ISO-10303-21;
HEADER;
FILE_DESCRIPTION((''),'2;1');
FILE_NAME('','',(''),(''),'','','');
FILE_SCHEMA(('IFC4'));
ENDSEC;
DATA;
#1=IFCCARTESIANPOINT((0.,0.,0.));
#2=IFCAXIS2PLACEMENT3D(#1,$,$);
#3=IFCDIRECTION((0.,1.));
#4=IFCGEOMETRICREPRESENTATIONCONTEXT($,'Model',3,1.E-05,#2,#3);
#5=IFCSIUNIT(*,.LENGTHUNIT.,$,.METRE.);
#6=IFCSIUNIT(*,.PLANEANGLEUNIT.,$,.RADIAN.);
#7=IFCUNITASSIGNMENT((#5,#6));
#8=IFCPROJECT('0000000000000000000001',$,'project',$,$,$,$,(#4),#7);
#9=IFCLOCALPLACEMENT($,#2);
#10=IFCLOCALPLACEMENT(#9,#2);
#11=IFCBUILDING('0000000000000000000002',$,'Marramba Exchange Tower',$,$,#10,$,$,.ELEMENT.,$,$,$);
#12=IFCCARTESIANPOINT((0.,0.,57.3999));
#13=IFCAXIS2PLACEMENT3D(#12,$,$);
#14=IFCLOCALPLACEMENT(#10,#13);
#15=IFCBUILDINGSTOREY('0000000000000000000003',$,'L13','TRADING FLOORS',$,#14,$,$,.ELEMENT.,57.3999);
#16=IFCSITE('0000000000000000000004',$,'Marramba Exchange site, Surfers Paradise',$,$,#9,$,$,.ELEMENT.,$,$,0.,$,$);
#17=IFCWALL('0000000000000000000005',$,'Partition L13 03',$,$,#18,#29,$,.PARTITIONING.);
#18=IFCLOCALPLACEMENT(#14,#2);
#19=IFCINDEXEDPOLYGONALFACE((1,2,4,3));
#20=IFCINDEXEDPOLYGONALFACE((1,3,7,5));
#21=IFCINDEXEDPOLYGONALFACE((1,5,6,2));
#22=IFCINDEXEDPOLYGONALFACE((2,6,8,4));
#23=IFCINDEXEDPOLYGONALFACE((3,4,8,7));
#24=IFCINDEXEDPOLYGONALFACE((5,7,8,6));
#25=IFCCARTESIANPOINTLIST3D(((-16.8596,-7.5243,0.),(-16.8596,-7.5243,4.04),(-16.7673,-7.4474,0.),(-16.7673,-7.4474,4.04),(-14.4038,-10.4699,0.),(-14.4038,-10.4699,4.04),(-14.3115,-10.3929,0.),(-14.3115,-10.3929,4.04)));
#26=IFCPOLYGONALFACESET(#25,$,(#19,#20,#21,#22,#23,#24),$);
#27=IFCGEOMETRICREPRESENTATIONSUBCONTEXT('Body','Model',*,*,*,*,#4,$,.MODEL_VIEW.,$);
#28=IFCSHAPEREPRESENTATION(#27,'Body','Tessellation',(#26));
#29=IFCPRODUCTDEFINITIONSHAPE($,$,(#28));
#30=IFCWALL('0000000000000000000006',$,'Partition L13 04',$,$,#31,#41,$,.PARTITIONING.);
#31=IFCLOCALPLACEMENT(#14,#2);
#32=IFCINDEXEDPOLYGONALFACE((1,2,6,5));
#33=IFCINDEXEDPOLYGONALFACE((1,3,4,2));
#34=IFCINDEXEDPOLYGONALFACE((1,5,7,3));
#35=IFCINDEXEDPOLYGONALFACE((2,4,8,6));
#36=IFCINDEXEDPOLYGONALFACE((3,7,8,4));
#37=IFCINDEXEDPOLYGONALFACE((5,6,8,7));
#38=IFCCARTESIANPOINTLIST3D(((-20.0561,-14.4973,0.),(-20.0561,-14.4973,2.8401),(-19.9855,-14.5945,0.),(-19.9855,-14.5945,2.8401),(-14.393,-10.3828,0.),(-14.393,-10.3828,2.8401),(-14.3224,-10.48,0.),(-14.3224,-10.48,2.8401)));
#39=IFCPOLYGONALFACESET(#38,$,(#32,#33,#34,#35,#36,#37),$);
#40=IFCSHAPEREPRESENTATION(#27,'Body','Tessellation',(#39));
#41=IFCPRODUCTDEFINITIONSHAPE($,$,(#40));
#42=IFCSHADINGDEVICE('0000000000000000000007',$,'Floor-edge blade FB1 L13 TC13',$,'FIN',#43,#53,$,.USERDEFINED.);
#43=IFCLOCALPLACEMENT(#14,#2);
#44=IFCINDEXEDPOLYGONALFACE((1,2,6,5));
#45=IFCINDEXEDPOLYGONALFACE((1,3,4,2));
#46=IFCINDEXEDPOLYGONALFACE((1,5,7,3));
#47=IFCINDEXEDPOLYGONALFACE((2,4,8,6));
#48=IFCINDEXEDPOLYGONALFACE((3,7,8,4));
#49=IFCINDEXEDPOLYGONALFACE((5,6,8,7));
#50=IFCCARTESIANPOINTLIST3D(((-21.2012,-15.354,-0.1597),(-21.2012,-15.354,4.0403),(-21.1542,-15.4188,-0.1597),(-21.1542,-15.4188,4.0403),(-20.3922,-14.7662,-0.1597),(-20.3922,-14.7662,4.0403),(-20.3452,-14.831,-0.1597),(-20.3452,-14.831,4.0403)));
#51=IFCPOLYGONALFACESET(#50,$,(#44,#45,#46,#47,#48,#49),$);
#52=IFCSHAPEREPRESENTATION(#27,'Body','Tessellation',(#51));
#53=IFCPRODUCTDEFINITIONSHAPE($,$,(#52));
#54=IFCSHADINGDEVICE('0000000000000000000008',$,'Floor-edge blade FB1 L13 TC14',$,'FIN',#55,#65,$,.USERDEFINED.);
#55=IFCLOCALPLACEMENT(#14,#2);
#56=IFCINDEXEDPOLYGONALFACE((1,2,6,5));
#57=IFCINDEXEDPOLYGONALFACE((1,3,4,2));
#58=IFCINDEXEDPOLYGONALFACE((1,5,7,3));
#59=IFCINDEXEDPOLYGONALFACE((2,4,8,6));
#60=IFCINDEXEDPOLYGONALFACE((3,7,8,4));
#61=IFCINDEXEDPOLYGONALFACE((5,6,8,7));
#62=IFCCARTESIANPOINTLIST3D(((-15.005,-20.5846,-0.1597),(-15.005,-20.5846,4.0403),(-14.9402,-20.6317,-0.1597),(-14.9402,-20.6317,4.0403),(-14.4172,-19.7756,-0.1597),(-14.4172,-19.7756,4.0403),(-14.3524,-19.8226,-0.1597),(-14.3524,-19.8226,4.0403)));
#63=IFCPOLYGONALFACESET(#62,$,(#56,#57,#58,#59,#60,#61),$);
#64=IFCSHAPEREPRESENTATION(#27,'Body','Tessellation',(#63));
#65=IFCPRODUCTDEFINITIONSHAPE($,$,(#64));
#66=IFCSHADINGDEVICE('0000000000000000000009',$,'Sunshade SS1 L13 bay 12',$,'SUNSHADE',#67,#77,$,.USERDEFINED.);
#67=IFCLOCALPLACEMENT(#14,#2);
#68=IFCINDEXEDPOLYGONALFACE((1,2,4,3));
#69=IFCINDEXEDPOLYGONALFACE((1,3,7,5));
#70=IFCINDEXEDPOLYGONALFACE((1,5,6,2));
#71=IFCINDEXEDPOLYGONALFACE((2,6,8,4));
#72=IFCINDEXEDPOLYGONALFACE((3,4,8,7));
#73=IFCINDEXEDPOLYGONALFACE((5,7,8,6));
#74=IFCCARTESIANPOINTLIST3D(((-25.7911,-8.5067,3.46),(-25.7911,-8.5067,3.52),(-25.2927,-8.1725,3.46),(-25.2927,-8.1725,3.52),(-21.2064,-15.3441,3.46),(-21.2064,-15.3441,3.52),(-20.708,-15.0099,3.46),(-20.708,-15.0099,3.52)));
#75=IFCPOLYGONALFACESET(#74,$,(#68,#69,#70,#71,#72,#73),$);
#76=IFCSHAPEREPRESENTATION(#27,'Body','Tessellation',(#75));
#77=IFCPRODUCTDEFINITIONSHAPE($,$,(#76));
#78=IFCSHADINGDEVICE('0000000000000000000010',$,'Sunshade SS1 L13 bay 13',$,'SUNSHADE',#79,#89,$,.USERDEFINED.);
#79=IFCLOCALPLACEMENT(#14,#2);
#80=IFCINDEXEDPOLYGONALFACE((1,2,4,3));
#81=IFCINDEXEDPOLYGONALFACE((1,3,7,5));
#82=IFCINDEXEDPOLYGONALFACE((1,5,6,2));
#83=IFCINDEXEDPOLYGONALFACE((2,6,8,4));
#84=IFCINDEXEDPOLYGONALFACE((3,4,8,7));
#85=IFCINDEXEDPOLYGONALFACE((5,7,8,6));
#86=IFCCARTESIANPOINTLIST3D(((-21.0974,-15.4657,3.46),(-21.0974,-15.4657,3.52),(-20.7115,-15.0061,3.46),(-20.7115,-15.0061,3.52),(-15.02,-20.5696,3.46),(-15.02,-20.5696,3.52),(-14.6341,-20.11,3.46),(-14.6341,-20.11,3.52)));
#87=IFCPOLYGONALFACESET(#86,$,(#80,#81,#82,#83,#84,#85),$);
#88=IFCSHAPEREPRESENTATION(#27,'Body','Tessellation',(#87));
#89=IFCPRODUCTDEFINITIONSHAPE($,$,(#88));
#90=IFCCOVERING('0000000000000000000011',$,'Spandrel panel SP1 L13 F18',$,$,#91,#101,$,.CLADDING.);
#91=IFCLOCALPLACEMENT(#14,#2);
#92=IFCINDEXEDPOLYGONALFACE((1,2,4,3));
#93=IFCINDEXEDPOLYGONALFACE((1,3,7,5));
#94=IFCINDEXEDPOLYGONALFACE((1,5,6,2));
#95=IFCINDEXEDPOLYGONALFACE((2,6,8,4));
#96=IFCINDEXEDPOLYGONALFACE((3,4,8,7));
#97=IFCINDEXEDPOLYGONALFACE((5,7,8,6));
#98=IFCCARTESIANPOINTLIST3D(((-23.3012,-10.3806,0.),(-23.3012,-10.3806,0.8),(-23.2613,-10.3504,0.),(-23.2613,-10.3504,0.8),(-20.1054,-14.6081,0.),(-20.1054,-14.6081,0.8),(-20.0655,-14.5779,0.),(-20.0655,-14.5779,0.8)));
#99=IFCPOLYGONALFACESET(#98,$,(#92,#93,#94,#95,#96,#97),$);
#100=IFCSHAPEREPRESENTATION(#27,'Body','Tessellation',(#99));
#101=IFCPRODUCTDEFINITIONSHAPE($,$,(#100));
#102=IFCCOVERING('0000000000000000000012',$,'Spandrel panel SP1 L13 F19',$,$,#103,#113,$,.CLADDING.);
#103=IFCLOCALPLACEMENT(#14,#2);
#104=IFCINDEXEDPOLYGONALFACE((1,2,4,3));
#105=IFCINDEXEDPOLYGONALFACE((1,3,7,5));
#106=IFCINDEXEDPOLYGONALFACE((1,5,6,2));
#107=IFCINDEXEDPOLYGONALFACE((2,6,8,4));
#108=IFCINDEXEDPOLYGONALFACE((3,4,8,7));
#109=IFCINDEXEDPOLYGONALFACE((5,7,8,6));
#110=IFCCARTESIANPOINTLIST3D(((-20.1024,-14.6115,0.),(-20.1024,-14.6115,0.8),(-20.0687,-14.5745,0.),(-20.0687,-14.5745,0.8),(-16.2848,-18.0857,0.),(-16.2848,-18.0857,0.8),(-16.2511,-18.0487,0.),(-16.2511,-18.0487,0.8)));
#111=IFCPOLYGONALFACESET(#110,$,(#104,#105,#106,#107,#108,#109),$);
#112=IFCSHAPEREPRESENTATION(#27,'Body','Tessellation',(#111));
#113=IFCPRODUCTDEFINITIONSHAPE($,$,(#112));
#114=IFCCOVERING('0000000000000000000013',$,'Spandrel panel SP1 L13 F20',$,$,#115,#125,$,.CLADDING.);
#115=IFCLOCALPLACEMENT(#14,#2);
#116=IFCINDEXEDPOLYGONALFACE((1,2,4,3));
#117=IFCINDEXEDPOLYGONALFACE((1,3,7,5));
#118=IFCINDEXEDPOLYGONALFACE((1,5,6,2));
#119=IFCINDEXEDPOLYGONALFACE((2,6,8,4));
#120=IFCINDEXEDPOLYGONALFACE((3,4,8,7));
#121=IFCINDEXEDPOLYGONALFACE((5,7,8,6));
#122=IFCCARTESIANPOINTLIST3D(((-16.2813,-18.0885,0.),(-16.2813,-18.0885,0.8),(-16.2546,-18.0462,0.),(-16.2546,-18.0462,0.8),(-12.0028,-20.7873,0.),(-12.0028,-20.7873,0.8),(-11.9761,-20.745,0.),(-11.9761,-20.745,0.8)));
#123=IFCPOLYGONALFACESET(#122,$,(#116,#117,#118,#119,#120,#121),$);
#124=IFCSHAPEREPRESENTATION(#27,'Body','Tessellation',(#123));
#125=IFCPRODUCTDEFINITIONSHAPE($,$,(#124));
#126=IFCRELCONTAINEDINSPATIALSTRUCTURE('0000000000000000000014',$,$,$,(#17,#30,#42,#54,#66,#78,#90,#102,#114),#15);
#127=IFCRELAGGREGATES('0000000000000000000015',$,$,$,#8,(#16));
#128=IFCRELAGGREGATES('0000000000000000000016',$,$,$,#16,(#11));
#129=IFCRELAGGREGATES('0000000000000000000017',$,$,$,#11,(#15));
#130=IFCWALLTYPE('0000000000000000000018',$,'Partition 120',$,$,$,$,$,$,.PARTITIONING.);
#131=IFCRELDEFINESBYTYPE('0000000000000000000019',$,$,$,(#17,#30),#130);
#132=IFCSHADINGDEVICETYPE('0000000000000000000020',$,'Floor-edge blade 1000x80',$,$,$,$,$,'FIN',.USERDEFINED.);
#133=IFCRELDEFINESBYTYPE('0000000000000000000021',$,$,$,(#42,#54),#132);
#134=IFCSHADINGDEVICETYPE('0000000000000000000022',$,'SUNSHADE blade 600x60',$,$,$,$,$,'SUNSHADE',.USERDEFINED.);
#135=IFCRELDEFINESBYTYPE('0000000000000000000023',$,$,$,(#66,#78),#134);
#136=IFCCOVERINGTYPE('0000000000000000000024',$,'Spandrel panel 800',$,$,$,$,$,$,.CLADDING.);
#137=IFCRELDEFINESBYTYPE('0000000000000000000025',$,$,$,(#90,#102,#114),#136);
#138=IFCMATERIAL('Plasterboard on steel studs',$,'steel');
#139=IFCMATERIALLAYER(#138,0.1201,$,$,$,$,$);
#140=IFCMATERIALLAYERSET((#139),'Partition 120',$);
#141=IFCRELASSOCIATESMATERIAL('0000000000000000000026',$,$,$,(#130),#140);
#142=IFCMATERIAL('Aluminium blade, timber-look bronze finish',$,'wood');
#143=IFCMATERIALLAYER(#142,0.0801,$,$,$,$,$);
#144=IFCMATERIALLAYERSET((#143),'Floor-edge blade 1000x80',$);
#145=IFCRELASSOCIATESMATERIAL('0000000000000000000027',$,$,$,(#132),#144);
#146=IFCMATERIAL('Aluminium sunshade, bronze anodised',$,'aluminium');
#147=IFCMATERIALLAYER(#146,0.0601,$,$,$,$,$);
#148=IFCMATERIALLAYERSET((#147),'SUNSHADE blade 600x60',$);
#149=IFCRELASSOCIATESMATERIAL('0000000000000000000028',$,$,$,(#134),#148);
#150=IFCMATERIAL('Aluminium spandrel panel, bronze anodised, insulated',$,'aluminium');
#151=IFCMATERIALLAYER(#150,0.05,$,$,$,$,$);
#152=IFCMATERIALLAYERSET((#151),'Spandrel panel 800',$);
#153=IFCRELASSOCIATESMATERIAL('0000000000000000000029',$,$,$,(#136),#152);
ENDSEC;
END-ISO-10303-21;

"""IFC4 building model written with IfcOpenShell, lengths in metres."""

from ifc_helpers import new_model, si_unit, direction, frame, frame_2d, origin, origin_2d, place, context, subcontext, project, spatial, rectangle, extrude, material, layer, layer_set, type_object, element, save


model = new_model("IFC4")

# Units and contexts
model_context = context("Model", 3, precision=1e-05, world=origin(), true_north=direction((0.0, 1.0)))
body_context = subcontext(model_context, "Body", "Model", "MODEL_VIEW")
ifc_project = project(units=[si_unit("LENGTHUNIT", "METRE"), si_unit("PLANEANGLEUNIT", "RADIAN")], contexts=[model_context])

# Site, building, storey
site_placement = place(None, origin())
site = spatial("IfcSite", under=ifc_project, at=site_placement, Name="Marramba Exchange site, Surfers Paradise", CompositionType="ELEMENT", RefElevation=0.0)
building_placement = place(site_placement, origin())
building = spatial("IfcBuilding", under=site, at=building_placement, Name="Marramba Exchange Tower", CompositionType="ELEMENT")
storey_placement = place(building_placement, frame((0.0, 0.0, 57.3999)))
storey = spatial("IfcBuildingStorey", under=building, at=storey_placement, Name="L13", Description="TRADING FLOORS", CompositionType="ELEMENT", Elevation=57.3999)

# Walls
ifc_material_1 = material(Name="Plasterboard on steel studs", Category="steel")
ifc_layer_1 = layer(ifc_material_1, 0.1201)
ifc_layer_set_1 = layer_set([ifc_layer_1], Name="Partition 120")
wall_type_1 = type_object("IfcWallType", Name="Partition 120", PredefinedType="PARTITIONING", material=ifc_layer_set_1)
wall_1_placement = place(storey_placement, frame((-14.3577, -10.4314, 0.0), z_axis=(0.0, 0.0, 1.0), x_axis=(-0.640366, 0.76807, 0.0)))
element("IfcWall", 1, at=wall_1_placement, inside=storey, type_object=wall_type_1, Name="Partition L13 03", PredefinedType="PARTITIONING", context=body_context, shape_type="SweptSolid", body=[
    extrude(rectangle(XDim=3.835, YDim=0.1201, at=frame_2d((1.9175, 0.0))), origin(), (0.0, 0.0, 1.0), 4.04),
])
wall_2_placement = place(storey_placement, frame((-14.3577, -10.4314, 0.0), z_axis=(0.0, 0.0, 1.0), x_axis=(-0.809015, -0.587788, 0.0)))
element("IfcWall", 2, at=wall_2_placement, inside=storey, type_object=wall_type_1, Name="Partition L13 04", PredefinedType="PARTITIONING", context=body_context, shape_type="SweptSolid", body=[
    extrude(rectangle(XDim=7.0, YDim=0.1201, at=frame_2d((3.5, 0.0))), origin(), (0.0, 0.0, 1.0), 2.8401),
])

# Shading devices
ifc_material_2 = material(Name="Aluminium blade, timber-look bronze finish", Category="wood")
ifc_layer_2 = layer(ifc_material_2, 0.0801)
ifc_layer_set_2 = layer_set([ifc_layer_2], Name="Floor-edge blade 1000x80")
shading_device_type_1 = type_object("IfcShadingDeviceType", Name="Floor-edge blade 1000x80", ElementType="FIN", PredefinedType="USERDEFINED", material=ifc_layer_set_2)
for number, where, z_axis, x_axis, name in (
    (3, (-20.7732, -15.0925, -0.1597), (0.0, 0.0, 1.0), (-0.809017, -0.587785, 0.0), "Floor-edge blade FB1 L13 TC13"),
    (4, (-14.6787, -20.2036, -0.1597), (0.0, 0.0, 1.0), (-0.587785, -0.809017, 0.0), "Floor-edge blade FB1 L13 TC14"),
):
    element("IfcShadingDevice", number, at=place(storey_placement, frame(where, z_axis=z_axis, x_axis=x_axis)), inside=storey, type_object=shading_device_type_1, Name=name, ObjectType="FIN", PredefinedType="USERDEFINED", context=body_context, shape_type="SweptSolid", body=[
        extrude(rectangle(XDim=1.0, YDim=0.0801, at=origin_2d()), origin(), (0.0, 0.0, 1.0), 4.2),
    ])
ifc_material_3 = material(Name="Aluminium sunshade, bronze anodised", Category="aluminium")
ifc_layer_3 = layer(ifc_material_3, 0.0601)
ifc_layer_set_3 = layer_set([ifc_layer_3], Name="SUNSHADE blade 600x60")
shading_device_type_2 = type_object("IfcShadingDeviceType", Name="SUNSHADE blade 600x60", ElementType="SUNSHADE", PredefinedType="USERDEFINED", material=ifc_layer_set_3)
shading_device_1_placement = place(storey_placement, frame((-23.2495, -11.7583, 3.46), z_axis=(0.0, 0.0, 1.0), x_axis=(0.556924, -0.830563, 0.0)))
element("IfcShadingDevice", 5, at=shading_device_1_placement, inside=storey, type_object=shading_device_type_2, Name="Sunshade SS1 L13 bay 12", ObjectType="SUNSHADE", PredefinedType="USERDEFINED", context=body_context, shape_type="SweptSolid", body=[
    extrude(rectangle(XDim=8.2322, YDim=0.6001, at=origin_2d()), origin(), (0.0, 0.0, 1.0), 0.0601),
])
shading_device_2_placement = place(storey_placement, frame((-17.8657, -17.7878, 3.46), z_axis=(0.0, 0.0, 1.0), x_axis=(0.765776, -0.643107, 0.0)))
element("IfcShadingDevice", 6, at=shading_device_2_placement, inside=storey, type_object=shading_device_type_2, Name="Sunshade SS1 L13 bay 13", ObjectType="SUNSHADE", PredefinedType="USERDEFINED", context=body_context, shape_type="SweptSolid", body=[
    extrude(rectangle(XDim=7.9363, YDim=0.6001, at=origin_2d()), origin(), (0.0, 0.0, 1.0), 0.0601),
])

# Coverings
ifc_material_4 = material(Name="Aluminium spandrel panel, bronze anodised, insulated", Category="aluminium")
ifc_layer_4 = layer(ifc_material_4, 0.05)
ifc_layer_set_4 = layer_set([ifc_layer_4], Name="Spandrel panel 800")
covering_type = type_object("IfcCoveringType", Name="Spandrel panel 800", PredefinedType="CLADDING", material=ifc_layer_set_4)
covering_1_placement = place(storey_placement, frame((-21.6833, -12.4792, 0.0), z_axis=(0.0, 0.0, 1.0), x_axis=(0.60304, -0.797711, 0.0)))
element("IfcCovering", 7, at=covering_1_placement, inside=storey, type_object=covering_type, Name="Spandrel panel SP1 L13 F18", PredefinedType="CLADDING", context=body_context, shape_type="SweptSolid", body=[
    extrude(rectangle(XDim=5.2996, YDim=0.05, at=origin_2d()), origin(), (0.0, 0.0, 1.0), 0.8),
])
covering_2_placement = place(storey_placement, frame((-18.1768, -16.3301, 0.0), z_axis=(0.0, 0.0, 1.0), x_axis=(0.73959, -0.673058, 0.0)))
element("IfcCovering", 8, at=covering_2_placement, inside=storey, type_object=covering_type, Name="Spandrel panel SP1 L13 F19", PredefinedType="CLADDING", context=body_context, shape_type="SweptSolid", body=[
    extrude(rectangle(XDim=5.1619, YDim=0.05, at=origin_2d()), origin(), (0.0, 0.0, 1.0), 0.8),
])
covering_3_placement = place(storey_placement, frame((-14.1287, -19.4167, 0.0), z_axis=(0.0, 0.0, 1.0), x_axis=(0.845791, -0.533515, 0.0)))
element("IfcCovering", 9, at=covering_3_placement, inside=storey, type_object=covering_type, Name="Spandrel panel SP1 L13 F20", PredefinedType="CLADDING", context=body_context, shape_type="SweptSolid", body=[
    extrude(rectangle(XDim=5.0586, YDim=0.05, at=origin_2d()), origin(), (0.0, 0.0, 1.0), 0.8),
])

save(model, "model.ifc")
